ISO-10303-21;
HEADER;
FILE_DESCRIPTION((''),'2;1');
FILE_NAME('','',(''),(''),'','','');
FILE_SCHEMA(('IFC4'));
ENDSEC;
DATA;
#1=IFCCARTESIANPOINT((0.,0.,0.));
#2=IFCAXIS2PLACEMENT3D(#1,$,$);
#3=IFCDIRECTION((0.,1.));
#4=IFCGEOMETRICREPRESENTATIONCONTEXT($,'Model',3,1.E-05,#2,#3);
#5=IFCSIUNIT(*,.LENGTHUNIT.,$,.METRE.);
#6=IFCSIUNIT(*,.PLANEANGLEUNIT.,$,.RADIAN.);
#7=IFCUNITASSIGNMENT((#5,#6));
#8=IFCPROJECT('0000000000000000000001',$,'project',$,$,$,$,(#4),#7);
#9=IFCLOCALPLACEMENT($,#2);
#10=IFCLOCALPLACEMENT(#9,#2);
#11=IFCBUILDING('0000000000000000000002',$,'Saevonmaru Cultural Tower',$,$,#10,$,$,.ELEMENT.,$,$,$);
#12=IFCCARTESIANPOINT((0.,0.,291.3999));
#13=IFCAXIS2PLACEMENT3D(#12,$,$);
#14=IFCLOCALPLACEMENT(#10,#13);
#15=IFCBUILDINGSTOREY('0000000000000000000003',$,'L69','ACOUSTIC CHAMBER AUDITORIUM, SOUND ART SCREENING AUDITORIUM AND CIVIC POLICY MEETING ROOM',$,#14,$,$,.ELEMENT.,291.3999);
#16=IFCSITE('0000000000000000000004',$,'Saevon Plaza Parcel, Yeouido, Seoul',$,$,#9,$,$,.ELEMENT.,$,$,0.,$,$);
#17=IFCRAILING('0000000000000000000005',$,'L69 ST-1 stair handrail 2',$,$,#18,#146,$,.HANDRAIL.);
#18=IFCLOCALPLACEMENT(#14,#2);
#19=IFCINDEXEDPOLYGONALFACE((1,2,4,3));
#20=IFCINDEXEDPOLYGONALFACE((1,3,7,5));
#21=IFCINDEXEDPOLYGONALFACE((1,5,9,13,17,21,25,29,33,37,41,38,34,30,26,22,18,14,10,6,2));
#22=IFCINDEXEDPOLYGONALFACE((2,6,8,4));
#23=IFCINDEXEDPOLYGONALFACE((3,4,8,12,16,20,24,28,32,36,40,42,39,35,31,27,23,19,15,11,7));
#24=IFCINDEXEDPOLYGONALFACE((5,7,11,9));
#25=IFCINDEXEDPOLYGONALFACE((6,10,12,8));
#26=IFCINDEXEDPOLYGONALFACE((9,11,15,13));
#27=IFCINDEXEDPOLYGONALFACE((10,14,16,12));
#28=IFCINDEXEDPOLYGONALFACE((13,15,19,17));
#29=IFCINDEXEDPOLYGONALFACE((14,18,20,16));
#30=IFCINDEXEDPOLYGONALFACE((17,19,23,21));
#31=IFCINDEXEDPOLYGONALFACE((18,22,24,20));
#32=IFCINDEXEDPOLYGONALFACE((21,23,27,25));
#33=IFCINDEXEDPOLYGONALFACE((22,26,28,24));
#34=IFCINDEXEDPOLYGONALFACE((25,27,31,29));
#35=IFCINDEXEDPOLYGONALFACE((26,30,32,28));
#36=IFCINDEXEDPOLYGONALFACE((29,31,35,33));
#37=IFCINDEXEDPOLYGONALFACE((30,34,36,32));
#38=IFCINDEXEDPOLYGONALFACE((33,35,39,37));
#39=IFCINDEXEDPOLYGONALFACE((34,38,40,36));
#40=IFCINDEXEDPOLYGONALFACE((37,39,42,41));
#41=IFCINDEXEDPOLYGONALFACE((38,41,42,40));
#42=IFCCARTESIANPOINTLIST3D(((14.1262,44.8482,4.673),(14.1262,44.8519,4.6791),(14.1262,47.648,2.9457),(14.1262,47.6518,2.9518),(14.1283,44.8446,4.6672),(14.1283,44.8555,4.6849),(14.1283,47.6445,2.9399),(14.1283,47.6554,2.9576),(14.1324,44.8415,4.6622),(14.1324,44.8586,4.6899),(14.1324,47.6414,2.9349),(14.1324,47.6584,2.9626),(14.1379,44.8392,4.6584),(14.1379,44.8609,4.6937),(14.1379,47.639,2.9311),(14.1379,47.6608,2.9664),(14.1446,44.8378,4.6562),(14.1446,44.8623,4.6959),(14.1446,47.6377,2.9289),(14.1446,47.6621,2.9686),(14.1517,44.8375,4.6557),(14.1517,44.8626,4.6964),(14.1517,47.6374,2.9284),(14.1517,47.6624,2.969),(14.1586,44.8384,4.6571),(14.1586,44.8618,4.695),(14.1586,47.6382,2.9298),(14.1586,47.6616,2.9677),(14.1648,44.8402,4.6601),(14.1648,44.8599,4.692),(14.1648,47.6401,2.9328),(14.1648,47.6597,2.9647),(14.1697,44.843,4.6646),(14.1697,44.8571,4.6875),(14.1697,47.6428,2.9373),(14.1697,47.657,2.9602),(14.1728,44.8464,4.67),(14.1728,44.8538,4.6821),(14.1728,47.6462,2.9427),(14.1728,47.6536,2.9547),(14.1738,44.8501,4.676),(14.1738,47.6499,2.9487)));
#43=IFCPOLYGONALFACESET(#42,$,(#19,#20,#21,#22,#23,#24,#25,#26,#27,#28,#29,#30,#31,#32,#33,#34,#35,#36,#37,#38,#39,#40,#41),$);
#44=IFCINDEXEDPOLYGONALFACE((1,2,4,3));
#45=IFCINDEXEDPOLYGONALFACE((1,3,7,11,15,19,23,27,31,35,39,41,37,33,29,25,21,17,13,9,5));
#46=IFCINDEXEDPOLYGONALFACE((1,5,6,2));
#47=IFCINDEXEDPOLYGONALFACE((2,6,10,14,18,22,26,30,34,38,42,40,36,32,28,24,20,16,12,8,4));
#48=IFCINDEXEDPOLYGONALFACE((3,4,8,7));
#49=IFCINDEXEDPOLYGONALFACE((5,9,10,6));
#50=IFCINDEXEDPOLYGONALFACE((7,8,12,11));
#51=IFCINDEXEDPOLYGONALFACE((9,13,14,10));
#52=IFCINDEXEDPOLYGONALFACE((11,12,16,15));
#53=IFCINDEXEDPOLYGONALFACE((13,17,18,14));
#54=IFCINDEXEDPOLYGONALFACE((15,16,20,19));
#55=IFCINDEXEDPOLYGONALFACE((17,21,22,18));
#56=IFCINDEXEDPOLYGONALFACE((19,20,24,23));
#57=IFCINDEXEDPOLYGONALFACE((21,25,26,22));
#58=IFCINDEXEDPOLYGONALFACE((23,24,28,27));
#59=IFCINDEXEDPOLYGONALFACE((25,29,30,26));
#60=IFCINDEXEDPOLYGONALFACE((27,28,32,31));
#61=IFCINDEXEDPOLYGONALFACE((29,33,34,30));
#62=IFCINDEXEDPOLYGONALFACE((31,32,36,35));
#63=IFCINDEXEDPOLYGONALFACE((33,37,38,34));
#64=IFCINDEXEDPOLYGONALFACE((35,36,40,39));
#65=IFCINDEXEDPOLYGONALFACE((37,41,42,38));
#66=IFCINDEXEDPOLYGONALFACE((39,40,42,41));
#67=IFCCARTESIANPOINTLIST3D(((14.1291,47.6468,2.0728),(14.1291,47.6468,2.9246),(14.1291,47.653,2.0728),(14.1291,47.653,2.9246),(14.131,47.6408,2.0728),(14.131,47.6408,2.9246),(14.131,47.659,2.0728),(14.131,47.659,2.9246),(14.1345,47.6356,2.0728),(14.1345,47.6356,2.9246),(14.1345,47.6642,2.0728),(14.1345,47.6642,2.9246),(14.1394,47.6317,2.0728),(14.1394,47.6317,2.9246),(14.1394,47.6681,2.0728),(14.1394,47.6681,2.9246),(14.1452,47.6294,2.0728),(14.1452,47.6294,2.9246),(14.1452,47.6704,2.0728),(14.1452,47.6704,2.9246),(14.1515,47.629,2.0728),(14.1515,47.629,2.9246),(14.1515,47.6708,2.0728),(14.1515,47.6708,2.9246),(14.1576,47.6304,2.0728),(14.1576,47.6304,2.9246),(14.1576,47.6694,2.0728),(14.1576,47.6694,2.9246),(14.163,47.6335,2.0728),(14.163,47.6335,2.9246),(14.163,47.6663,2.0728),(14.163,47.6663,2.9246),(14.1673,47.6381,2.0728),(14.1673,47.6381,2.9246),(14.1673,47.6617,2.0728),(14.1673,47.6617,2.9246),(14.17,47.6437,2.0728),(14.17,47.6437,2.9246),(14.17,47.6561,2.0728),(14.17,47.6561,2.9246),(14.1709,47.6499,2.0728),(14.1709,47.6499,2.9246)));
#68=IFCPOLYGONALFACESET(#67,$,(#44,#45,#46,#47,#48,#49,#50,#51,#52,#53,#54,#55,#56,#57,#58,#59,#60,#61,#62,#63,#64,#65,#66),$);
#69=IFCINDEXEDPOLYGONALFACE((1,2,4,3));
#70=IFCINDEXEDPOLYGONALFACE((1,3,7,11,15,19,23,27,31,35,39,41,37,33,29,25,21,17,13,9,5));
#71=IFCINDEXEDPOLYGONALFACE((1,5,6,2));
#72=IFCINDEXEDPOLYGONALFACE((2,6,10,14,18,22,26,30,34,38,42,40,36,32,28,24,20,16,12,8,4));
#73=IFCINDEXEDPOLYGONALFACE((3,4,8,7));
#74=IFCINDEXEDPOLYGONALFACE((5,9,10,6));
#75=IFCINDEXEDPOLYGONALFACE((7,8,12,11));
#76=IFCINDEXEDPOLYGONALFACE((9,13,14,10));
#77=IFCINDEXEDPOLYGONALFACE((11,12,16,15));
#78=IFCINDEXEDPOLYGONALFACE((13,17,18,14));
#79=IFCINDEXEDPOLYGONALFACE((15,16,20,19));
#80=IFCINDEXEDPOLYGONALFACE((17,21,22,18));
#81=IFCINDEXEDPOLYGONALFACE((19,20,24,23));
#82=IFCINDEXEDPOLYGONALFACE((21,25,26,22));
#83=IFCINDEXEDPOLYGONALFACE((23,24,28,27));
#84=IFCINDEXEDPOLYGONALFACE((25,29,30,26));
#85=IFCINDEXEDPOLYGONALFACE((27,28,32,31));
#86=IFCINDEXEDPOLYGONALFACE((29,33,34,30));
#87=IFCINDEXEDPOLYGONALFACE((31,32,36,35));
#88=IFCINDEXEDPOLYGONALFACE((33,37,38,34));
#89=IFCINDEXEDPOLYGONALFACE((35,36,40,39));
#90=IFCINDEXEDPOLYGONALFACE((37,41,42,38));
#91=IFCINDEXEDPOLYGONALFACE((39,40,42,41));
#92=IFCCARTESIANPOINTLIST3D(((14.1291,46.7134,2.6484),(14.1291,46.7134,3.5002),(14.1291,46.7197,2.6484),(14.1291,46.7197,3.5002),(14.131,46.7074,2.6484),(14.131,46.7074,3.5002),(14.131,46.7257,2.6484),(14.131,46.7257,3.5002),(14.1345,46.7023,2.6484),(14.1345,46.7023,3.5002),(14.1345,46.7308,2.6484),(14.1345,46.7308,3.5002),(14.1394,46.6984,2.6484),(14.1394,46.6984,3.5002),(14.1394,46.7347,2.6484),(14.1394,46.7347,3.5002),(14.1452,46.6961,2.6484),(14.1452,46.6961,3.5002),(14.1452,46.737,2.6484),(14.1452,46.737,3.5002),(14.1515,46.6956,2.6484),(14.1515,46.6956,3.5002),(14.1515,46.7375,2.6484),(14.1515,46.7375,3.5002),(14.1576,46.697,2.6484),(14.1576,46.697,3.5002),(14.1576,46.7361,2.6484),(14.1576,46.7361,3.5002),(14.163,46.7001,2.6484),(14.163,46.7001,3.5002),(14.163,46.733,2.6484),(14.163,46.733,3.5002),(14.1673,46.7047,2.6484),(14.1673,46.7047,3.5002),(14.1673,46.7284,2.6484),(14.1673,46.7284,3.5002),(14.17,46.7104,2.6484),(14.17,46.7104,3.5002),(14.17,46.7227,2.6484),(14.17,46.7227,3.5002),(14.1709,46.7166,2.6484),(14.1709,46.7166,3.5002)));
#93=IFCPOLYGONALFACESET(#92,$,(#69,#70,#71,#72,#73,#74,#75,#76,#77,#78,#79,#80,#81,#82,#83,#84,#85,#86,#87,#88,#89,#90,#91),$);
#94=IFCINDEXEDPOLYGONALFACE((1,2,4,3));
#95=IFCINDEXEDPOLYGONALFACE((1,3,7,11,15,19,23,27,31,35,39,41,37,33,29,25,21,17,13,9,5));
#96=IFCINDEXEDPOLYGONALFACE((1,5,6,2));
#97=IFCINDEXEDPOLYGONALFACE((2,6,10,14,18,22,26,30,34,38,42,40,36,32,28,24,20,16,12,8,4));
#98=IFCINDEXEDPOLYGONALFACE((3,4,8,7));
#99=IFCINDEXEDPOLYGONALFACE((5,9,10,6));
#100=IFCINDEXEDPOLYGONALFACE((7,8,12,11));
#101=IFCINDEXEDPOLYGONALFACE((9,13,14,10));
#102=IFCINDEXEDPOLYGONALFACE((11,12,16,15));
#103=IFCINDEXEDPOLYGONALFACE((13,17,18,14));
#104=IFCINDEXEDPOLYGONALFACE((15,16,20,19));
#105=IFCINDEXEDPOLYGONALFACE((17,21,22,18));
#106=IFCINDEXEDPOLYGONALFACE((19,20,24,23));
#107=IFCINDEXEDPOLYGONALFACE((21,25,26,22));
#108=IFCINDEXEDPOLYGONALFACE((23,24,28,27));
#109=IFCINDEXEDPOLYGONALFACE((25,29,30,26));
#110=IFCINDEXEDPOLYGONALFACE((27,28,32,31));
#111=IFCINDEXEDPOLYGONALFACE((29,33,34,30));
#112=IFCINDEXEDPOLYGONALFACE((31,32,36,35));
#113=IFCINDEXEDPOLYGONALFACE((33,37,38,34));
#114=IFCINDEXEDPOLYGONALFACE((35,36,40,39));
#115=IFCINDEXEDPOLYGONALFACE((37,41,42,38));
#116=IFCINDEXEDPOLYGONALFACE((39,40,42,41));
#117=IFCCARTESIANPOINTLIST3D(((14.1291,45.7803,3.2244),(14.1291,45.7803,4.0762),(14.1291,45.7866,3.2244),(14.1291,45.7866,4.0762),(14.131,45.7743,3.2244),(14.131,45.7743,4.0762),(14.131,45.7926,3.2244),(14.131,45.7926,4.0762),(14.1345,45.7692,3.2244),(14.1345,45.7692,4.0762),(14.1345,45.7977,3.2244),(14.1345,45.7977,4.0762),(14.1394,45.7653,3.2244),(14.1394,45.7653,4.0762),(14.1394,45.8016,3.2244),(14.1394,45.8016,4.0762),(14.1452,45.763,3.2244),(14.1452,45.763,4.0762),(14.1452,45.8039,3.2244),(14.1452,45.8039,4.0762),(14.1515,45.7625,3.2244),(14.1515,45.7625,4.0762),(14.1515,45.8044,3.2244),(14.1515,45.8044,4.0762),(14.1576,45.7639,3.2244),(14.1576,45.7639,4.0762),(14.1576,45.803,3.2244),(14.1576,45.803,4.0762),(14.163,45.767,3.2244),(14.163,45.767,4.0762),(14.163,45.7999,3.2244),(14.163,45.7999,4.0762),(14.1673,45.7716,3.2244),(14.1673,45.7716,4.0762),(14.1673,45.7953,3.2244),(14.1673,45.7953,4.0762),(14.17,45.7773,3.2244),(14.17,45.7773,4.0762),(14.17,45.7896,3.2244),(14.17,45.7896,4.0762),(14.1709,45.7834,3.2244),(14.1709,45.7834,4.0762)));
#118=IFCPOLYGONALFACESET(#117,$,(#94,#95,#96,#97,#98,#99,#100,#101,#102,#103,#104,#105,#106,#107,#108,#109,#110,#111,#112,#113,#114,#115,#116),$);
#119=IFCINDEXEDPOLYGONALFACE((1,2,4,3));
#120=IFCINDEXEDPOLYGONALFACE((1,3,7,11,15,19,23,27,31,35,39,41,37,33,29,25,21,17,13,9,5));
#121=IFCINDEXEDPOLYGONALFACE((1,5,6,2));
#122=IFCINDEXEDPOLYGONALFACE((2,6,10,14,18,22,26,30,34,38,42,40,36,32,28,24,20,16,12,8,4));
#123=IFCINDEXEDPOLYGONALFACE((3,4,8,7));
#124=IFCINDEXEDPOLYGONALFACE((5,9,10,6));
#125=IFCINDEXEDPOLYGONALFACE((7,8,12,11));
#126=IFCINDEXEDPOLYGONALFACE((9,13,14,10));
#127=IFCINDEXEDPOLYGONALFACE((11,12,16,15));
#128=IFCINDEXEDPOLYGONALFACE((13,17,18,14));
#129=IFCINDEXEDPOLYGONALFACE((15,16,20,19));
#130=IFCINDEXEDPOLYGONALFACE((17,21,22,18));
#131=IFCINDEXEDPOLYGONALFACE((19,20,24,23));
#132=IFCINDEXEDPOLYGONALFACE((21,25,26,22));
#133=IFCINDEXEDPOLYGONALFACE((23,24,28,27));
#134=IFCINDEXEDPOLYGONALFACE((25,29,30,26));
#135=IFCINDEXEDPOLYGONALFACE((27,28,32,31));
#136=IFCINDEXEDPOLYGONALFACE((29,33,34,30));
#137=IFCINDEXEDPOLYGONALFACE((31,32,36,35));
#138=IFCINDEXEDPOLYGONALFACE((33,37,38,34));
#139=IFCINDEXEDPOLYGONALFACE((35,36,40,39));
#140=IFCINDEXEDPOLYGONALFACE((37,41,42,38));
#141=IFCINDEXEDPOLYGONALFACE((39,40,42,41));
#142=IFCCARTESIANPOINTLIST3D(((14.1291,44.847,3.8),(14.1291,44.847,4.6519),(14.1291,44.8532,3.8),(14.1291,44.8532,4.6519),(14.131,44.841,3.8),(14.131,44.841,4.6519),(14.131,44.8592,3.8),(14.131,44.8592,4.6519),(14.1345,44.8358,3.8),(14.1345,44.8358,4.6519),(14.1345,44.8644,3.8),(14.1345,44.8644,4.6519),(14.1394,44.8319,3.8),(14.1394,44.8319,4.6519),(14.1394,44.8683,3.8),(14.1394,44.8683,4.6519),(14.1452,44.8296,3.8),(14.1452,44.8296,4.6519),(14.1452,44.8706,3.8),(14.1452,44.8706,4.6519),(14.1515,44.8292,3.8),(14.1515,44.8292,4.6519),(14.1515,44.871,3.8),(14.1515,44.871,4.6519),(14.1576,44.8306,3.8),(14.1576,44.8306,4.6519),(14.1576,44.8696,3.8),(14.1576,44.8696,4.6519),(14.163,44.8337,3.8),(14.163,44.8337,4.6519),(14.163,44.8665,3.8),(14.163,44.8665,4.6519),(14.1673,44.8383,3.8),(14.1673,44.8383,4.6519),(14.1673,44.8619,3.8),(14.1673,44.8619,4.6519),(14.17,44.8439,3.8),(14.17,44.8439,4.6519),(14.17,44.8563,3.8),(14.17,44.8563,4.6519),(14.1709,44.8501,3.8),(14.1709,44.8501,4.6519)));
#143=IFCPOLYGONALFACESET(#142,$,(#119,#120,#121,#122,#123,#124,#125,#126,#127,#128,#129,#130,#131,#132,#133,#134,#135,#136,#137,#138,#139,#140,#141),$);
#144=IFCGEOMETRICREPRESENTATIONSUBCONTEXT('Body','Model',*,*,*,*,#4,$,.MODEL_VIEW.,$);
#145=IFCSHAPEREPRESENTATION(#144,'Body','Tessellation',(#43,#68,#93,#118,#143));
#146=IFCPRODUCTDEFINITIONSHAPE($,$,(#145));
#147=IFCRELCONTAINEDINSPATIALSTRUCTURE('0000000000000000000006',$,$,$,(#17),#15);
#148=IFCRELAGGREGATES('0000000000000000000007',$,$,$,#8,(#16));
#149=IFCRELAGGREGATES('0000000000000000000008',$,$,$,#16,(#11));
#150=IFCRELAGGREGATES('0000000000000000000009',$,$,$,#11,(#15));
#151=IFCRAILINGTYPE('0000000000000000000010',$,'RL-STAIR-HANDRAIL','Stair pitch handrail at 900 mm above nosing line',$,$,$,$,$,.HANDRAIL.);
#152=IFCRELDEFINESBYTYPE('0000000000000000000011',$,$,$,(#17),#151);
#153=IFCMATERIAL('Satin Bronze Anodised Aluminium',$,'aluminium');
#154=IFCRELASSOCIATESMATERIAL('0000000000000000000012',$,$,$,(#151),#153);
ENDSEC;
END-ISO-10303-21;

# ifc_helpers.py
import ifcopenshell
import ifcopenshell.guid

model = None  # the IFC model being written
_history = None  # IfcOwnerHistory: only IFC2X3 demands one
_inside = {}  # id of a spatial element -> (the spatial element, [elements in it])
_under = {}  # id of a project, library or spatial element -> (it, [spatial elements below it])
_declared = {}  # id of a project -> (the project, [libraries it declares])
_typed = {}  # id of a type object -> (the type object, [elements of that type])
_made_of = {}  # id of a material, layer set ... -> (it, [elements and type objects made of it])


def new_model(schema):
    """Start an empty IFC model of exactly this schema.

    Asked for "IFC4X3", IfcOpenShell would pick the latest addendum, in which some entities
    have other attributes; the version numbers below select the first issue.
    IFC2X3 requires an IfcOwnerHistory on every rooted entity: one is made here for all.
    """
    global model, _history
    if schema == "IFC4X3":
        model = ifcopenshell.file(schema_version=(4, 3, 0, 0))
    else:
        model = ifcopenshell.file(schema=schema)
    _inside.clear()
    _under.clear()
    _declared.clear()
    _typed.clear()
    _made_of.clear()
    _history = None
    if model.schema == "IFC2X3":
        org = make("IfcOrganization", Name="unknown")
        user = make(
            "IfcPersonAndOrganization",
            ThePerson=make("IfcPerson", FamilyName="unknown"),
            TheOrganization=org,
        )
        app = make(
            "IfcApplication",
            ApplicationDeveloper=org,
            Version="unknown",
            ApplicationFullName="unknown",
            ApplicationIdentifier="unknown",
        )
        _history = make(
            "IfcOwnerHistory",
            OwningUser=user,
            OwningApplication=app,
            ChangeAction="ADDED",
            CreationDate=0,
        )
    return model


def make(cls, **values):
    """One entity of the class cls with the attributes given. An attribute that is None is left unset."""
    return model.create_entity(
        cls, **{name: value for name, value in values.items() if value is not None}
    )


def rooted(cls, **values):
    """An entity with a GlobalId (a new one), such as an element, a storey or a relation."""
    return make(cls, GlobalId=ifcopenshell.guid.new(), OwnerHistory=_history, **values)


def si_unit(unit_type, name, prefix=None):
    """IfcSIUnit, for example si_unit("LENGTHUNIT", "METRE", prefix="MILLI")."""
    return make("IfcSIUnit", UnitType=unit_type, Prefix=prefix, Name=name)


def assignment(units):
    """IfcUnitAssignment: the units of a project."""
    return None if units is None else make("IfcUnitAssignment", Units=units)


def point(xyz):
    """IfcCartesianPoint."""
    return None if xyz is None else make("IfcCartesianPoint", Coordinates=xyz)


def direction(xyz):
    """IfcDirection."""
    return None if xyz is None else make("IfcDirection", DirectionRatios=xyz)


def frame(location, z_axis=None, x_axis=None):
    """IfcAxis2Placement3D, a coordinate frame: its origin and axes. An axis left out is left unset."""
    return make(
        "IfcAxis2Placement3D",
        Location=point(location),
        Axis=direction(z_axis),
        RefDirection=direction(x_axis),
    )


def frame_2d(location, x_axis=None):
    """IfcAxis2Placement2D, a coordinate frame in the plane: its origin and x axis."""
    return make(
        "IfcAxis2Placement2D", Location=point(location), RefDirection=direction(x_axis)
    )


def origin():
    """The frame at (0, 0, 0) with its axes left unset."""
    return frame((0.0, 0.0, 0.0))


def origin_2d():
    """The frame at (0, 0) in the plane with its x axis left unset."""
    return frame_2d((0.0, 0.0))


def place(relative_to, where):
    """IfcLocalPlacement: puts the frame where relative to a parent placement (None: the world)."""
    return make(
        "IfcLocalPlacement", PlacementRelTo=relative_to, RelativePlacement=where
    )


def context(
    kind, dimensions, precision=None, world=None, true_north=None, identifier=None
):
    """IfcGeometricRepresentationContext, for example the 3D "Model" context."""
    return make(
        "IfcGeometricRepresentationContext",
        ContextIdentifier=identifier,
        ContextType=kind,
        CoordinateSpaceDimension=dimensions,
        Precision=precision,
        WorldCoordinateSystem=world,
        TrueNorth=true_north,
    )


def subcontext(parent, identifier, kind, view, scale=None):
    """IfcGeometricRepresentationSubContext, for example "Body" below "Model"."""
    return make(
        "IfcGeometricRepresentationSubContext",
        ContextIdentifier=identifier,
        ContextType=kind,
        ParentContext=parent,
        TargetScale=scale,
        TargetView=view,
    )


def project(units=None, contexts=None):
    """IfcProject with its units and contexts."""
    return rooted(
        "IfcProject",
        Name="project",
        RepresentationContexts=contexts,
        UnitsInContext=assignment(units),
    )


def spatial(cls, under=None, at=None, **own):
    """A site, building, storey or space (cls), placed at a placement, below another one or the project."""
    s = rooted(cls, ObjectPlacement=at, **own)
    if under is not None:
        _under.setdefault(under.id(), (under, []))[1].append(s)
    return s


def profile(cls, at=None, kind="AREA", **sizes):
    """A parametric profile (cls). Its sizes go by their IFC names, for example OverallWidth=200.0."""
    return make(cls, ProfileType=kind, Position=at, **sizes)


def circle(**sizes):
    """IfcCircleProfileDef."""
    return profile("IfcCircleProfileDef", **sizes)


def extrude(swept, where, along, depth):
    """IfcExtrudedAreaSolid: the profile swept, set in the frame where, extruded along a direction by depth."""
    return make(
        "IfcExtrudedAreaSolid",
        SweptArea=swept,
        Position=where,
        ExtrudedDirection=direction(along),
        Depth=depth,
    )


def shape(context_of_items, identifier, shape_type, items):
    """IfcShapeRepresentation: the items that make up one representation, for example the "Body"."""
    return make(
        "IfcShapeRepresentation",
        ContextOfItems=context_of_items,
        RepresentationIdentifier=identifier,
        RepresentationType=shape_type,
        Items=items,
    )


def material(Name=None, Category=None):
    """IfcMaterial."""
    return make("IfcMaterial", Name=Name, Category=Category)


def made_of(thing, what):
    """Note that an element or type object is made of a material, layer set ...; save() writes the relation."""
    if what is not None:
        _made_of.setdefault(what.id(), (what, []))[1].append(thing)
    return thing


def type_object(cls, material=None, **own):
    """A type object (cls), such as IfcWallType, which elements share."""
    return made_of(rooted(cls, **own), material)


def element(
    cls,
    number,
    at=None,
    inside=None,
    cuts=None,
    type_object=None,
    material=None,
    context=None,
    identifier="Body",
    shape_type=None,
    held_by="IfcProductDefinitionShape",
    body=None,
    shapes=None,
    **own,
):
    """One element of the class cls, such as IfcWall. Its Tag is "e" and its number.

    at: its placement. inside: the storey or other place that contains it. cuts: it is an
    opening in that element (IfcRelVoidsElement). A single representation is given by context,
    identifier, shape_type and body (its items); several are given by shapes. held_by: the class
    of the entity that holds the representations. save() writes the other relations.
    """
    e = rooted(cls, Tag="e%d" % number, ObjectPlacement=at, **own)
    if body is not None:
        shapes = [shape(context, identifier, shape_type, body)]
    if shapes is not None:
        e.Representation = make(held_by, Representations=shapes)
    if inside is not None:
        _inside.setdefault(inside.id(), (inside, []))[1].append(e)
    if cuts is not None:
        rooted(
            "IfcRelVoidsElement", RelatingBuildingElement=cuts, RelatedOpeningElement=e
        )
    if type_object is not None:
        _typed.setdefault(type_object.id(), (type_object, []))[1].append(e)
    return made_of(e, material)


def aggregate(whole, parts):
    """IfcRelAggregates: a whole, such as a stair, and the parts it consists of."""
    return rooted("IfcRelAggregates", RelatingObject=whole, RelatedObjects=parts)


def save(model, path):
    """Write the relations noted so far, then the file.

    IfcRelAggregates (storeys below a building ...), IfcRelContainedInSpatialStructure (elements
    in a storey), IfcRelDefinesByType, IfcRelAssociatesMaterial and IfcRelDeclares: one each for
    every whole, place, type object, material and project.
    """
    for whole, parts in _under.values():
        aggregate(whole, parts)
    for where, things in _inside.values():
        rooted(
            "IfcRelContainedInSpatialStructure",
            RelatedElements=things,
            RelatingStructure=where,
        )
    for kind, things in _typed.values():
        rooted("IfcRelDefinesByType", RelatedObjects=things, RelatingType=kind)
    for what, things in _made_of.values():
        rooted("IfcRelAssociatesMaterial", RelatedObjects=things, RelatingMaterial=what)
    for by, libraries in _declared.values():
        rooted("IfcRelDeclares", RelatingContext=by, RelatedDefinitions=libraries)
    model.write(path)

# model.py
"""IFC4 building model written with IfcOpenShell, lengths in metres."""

from ifc_helpers import new_model, si_unit, direction, frame, origin, origin_2d, place, context, subcontext, project, spatial, circle, extrude, material, type_object, element, save


model = new_model("IFC4")

# Units and contexts
model_context = context("Model", 3, precision=1e-05, world=origin(), true_north=direction((0.0, 1.0)))
body_context = subcontext(model_context, "Body", "Model", "MODEL_VIEW")
ifc_project = project(units=[si_unit("LENGTHUNIT", "METRE"), si_unit("PLANEANGLEUNIT", "RADIAN")], contexts=[model_context])

# Site, building, storey
site_placement = place(None, origin())
site = spatial("IfcSite", under=ifc_project, at=site_placement, Name="Saevon Plaza Parcel, Yeouido, Seoul", CompositionType="ELEMENT", RefElevation=0.0)
building_placement = place(site_placement, origin())
building = spatial("IfcBuilding", under=site, at=building_placement, Name="Saevonmaru Cultural Tower", CompositionType="ELEMENT")
storey_placement = place(building_placement, frame((0.0, 0.0, 291.3999)))
storey = spatial("IfcBuildingStorey", under=building, at=storey_placement, Name="L69", Description="ACOUSTIC CHAMBER AUDITORIUM, SOUND ART SCREENING AUDITORIUM AND CIVIC POLICY MEETING ROOM", CompositionType="ELEMENT", Elevation=291.3999)

# Shared definitions
ifc_material_1 = material(Name="Satin Bronze Anodised Aluminium", Category="aluminium")

# Railing
railing_type = type_object("IfcRailingType", Name="RL-STAIR-HANDRAIL", Description="Stair pitch handrail at 900 mm above nosing line", PredefinedType="HANDRAIL", material=ifc_material_1)
railing_placement = place(storey_placement, frame((14.1499, 47.6499, 2.0728)))
element("IfcRailing", 1, at=railing_placement, inside=storey, type_object=railing_type, Name="L69 ST-1 stair handrail 2", PredefinedType="HANDRAIL", context=body_context, shape_type="SweptSolid", body=[
    extrude(circle(Radius=0.0239, at=origin_2d()), frame((0.0, 0.0, 0.876), z_axis=(0.0, -0.851069, 0.525054), x_axis=(1.0, 0.0, 0.0)), (0.0, 0.0, 1.0), 3.2898),
    extrude(circle(Radius=0.021, at=origin_2d()), origin(), (0.0, 0.0, 1.0), 0.8518),
    extrude(circle(Radius=0.021, at=origin_2d()), frame((0.0, -0.9333, 0.5757)), (0.0, 0.0, 1.0), 0.8518),
    extrude(circle(Radius=0.021, at=origin_2d()), frame((0.0, -1.8665, 1.1516)), (0.0, 0.0, 1.0), 0.8518),
    extrude(circle(Radius=0.021, at=origin_2d()), frame((0.0, -2.7998, 1.7273)), (0.0, 0.0, 1.0), 0.8518),
])

save(model, "model.ifc")
